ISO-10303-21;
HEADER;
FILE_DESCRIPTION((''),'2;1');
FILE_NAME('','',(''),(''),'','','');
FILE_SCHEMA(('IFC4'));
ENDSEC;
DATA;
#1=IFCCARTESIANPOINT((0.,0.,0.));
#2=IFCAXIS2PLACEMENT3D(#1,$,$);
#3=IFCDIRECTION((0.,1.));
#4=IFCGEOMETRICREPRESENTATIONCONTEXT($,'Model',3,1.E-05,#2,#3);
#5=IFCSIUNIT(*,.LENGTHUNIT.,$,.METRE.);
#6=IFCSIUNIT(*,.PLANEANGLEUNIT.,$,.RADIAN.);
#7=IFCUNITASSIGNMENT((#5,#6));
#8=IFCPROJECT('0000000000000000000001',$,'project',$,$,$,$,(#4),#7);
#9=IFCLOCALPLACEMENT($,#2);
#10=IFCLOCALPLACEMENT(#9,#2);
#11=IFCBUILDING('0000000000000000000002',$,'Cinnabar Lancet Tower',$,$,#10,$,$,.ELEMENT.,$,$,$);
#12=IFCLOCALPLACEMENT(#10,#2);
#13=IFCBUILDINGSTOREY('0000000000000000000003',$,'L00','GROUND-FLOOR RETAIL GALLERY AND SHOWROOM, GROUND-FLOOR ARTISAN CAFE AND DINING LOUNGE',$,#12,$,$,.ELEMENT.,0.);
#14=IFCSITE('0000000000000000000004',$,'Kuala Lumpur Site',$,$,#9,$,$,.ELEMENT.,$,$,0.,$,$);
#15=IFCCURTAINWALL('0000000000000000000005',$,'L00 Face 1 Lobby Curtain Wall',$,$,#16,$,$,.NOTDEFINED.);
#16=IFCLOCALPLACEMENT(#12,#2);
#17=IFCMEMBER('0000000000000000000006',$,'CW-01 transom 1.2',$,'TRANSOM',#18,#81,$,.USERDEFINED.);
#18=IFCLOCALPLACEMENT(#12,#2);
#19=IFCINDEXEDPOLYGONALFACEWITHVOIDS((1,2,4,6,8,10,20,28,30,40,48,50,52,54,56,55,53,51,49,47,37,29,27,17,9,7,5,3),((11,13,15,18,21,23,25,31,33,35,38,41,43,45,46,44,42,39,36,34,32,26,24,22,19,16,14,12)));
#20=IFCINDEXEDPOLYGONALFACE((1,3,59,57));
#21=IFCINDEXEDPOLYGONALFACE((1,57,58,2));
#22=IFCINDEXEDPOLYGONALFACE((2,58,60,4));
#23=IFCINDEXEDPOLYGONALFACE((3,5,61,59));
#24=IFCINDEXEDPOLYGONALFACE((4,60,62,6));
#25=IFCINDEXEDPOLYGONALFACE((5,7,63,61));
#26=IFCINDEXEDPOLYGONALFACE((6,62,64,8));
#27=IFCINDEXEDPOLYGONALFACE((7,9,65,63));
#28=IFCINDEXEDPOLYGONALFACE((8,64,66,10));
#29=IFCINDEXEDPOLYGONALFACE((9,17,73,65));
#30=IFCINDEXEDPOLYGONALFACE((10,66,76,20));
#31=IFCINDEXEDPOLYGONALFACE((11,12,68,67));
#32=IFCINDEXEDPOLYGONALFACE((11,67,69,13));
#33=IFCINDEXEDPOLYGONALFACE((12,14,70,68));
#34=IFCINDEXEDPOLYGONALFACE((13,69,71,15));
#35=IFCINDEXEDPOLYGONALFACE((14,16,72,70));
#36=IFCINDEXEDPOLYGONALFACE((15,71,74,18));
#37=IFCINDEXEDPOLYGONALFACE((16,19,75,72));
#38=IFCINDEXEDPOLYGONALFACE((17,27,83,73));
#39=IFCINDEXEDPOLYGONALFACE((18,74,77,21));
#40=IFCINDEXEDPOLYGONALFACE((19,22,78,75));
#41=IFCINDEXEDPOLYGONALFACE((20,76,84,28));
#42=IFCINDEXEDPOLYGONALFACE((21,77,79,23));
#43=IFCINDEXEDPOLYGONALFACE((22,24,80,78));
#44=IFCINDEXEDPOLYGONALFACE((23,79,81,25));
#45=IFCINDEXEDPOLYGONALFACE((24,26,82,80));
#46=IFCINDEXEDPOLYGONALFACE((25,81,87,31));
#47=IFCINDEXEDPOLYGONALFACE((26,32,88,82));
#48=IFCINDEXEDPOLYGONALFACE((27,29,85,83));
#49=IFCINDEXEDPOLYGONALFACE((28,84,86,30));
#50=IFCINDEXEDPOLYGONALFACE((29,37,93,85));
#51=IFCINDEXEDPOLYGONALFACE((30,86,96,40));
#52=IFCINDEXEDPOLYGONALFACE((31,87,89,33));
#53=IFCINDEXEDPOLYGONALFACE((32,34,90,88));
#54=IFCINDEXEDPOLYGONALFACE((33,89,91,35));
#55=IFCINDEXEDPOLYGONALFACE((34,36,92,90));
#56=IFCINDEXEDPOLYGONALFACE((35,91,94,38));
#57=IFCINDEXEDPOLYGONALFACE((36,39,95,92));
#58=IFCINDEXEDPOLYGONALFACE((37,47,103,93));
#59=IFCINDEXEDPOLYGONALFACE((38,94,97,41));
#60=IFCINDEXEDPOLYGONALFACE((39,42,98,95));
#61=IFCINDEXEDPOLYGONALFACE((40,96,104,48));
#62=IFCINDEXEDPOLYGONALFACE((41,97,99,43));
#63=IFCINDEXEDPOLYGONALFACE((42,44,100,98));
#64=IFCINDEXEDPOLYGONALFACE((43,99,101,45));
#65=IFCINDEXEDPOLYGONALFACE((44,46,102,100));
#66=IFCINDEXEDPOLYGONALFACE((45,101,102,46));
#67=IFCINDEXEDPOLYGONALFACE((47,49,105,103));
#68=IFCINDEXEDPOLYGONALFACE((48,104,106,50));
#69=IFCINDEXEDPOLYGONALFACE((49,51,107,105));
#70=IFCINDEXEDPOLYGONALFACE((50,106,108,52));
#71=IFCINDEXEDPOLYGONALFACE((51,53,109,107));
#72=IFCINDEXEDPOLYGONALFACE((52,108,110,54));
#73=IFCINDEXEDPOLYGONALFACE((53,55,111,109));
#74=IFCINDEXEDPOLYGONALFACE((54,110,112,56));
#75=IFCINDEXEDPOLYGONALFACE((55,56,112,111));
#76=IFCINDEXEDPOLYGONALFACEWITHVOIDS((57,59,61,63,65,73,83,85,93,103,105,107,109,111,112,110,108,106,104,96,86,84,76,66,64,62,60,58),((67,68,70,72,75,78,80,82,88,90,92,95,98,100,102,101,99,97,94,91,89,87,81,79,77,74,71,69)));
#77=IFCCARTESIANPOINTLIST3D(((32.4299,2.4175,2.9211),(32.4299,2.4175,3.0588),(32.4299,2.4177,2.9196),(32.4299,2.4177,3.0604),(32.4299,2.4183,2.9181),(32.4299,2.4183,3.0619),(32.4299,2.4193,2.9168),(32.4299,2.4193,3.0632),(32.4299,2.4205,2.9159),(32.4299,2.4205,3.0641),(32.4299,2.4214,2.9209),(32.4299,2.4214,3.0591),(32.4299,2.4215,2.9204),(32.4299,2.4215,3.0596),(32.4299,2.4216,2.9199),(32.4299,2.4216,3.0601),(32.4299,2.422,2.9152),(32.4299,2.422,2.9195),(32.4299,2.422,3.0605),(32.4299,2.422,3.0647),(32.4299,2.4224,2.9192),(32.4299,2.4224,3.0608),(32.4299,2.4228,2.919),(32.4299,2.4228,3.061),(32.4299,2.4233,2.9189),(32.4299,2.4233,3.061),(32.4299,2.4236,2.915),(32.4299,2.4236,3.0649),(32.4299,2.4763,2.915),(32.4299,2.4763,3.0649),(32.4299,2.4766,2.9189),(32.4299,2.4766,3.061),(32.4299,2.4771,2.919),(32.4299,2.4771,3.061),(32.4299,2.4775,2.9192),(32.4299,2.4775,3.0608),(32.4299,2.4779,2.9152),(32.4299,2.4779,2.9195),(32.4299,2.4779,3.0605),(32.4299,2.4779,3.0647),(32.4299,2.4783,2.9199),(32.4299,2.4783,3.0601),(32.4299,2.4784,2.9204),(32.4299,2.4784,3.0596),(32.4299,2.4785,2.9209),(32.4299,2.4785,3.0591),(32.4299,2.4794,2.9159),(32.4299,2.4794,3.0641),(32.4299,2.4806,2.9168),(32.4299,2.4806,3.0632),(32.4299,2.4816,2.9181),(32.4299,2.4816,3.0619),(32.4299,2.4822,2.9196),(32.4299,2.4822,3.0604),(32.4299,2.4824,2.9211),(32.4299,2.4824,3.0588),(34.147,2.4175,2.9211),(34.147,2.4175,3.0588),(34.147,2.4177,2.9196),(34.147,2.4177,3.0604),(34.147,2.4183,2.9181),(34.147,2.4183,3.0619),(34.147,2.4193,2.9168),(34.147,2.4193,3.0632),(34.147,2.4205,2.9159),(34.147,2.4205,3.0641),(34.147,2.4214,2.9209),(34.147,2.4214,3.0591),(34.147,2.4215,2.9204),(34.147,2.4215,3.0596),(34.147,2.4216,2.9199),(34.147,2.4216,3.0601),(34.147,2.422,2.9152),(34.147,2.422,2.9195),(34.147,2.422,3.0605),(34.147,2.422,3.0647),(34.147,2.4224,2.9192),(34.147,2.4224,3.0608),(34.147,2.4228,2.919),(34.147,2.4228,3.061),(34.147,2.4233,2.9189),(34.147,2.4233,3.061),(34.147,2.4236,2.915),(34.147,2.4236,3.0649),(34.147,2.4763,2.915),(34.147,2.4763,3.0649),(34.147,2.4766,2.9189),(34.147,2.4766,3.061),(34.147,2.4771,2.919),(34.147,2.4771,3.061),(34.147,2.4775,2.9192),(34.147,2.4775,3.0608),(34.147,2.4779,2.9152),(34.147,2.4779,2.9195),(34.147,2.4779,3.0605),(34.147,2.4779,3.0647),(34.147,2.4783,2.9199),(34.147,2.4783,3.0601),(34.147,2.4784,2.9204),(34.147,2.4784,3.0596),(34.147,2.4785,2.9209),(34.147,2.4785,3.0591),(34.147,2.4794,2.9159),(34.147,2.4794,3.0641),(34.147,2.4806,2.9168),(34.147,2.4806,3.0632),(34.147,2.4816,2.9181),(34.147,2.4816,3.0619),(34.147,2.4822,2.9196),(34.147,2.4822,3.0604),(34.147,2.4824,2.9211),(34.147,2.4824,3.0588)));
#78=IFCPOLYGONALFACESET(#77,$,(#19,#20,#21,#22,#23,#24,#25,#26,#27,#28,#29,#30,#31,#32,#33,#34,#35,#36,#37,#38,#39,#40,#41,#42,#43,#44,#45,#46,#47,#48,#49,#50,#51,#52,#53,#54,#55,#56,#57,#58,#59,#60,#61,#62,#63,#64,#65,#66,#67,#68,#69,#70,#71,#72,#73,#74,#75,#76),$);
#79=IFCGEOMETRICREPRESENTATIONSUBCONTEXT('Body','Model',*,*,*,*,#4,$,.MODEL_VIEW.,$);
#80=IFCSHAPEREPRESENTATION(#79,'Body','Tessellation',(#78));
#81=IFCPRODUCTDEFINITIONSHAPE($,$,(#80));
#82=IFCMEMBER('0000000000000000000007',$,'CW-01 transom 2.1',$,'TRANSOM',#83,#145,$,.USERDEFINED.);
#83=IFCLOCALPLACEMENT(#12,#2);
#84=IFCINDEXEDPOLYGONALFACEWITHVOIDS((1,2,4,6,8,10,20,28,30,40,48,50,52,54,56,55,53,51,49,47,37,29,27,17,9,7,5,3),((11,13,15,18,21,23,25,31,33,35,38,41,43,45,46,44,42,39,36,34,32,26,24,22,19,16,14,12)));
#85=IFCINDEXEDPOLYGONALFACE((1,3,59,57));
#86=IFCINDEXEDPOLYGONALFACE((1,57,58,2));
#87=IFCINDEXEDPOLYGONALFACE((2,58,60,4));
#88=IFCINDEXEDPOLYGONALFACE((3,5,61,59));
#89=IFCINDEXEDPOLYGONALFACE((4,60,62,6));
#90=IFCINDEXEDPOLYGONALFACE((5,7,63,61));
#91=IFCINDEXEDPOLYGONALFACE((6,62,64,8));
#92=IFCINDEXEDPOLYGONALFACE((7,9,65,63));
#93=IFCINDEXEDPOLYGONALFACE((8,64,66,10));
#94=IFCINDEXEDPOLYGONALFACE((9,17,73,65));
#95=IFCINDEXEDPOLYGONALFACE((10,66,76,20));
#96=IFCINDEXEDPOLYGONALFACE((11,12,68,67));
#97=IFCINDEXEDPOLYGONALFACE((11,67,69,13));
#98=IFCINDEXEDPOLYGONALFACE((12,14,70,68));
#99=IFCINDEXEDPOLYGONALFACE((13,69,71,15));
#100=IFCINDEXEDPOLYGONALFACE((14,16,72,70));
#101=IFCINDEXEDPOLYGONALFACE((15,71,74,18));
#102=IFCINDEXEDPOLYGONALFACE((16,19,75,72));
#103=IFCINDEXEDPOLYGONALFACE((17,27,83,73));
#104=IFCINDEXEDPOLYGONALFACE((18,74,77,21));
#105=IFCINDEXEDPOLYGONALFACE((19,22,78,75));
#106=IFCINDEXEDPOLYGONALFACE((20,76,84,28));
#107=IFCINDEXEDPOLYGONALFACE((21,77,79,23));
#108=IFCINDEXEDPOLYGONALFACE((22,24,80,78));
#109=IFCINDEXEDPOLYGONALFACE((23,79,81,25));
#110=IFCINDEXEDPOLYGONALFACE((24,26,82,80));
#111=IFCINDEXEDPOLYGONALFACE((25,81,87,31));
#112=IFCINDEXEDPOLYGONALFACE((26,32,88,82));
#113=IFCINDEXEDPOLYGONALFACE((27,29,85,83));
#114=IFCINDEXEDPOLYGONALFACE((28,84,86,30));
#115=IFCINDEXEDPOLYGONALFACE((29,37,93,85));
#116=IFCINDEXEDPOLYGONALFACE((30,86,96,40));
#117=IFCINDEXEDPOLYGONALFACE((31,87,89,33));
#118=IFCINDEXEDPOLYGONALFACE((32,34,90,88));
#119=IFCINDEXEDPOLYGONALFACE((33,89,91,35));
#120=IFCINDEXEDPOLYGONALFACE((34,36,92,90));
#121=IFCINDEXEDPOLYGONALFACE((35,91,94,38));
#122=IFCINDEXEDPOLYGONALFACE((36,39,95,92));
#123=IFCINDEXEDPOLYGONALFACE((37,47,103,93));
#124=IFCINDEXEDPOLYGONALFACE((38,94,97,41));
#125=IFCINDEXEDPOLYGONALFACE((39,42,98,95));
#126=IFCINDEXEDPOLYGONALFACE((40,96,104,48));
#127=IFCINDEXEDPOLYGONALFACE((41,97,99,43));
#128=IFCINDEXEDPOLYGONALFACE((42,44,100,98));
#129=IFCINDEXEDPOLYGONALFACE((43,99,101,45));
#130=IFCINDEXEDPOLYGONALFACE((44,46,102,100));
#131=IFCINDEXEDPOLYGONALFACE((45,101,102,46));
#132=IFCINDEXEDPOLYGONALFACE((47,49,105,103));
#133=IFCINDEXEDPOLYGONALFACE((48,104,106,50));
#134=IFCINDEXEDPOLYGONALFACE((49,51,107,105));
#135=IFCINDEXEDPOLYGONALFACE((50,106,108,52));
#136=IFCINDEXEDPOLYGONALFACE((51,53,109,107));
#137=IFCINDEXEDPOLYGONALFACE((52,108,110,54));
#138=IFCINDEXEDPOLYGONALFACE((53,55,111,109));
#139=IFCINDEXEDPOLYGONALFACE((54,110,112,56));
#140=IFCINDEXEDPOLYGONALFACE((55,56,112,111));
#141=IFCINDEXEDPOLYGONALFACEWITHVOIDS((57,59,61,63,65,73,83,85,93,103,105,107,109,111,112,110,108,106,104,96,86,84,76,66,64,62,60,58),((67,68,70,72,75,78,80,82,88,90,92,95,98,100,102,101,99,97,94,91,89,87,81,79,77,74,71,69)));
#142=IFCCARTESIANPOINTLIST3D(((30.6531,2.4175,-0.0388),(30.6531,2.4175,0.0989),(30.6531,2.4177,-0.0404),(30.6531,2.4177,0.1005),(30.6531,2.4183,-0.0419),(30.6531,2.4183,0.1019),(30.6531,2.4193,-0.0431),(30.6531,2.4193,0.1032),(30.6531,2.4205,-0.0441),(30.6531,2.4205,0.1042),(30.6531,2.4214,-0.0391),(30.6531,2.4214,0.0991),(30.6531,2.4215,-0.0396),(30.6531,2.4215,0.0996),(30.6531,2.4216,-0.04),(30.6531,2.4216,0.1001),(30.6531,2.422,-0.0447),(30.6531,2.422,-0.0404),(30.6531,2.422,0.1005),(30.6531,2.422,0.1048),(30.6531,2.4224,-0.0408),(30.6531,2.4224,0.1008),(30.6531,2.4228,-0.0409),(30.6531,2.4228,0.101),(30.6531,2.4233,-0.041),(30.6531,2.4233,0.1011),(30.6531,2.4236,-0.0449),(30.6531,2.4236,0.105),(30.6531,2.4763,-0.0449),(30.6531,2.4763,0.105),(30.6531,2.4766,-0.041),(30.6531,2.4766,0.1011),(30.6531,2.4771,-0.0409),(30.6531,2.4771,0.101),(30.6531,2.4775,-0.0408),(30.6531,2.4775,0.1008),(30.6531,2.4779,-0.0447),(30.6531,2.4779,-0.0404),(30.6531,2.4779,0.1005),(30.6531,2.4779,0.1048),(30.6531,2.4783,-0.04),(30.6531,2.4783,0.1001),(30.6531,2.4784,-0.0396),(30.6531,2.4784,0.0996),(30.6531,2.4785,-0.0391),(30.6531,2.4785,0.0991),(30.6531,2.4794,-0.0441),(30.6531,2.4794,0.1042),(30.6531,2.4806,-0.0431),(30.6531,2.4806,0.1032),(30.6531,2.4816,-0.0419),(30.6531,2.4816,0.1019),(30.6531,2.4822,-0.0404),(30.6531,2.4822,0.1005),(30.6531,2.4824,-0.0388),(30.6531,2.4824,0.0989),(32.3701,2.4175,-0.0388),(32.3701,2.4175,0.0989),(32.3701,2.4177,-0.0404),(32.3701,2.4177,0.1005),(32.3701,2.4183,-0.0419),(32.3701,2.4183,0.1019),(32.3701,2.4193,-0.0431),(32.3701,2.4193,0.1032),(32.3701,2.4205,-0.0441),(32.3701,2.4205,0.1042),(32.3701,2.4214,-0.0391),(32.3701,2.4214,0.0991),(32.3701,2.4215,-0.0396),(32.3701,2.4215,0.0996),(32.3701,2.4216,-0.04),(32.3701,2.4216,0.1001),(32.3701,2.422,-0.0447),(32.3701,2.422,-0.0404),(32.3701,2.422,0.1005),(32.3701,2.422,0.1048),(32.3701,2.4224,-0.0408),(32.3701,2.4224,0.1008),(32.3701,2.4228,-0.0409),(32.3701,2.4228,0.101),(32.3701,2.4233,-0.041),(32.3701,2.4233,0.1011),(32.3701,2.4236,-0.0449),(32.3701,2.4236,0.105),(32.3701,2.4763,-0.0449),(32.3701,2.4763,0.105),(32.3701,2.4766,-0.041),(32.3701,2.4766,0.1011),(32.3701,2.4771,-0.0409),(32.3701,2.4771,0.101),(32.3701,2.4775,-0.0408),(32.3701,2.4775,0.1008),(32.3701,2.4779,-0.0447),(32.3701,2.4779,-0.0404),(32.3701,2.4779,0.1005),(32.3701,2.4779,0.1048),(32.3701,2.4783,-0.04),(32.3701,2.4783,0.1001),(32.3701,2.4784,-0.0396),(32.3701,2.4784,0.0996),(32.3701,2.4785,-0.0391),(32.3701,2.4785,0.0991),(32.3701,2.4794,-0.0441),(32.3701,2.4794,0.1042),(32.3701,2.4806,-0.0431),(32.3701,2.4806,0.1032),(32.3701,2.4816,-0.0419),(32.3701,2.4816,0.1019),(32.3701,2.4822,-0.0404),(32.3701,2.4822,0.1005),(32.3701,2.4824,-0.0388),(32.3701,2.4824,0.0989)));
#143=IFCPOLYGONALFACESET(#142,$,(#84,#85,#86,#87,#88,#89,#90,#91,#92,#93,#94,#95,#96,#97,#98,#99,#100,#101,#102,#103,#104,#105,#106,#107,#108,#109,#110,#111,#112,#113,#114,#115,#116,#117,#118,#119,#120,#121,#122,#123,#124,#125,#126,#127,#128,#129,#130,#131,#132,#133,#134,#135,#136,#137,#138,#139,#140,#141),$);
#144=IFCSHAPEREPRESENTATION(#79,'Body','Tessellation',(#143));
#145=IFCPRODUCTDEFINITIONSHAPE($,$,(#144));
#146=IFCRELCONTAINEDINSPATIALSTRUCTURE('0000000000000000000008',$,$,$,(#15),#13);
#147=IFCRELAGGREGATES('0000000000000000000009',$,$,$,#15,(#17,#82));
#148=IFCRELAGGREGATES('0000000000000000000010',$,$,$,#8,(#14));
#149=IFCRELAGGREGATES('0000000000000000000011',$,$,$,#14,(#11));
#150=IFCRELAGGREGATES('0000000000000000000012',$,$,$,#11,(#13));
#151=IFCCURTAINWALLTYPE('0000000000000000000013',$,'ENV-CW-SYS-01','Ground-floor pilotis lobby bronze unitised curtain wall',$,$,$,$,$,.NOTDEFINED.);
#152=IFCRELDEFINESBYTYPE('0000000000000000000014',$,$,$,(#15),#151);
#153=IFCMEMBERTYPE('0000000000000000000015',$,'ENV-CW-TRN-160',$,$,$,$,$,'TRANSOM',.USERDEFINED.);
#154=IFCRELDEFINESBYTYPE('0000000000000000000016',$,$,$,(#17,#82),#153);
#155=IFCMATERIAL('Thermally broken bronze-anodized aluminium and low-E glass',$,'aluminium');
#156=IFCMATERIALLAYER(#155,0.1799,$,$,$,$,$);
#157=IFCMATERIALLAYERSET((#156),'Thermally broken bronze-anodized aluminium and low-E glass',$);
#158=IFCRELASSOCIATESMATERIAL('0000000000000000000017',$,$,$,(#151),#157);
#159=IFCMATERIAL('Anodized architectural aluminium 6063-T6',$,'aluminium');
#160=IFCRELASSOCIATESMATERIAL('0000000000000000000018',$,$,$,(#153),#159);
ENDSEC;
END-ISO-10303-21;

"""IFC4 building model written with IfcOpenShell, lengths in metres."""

from ifc_helpers import new_model, si_unit, direction, frame, origin, origin_2d, place, context, subcontext, project, spatial, hollow_rectangle, extrude, material, layer, layer_set, material_profile, profile_set, type_object, element, aggregate, save


model = new_model("IFC4")

# Units and contexts
model_context = context("Model", 3, precision=1e-05, world=origin(), true_north=direction((0.0, 1.0)))
body_context = subcontext(model_context, "Body", "Model", "MODEL_VIEW")
ifc_project = project(units=[si_unit("LENGTHUNIT", "METRE"), si_unit("PLANEANGLEUNIT", "RADIAN")], contexts=[model_context])

# Site, building, storey
site_placement = place(None, origin())
site = spatial("IfcSite", under=ifc_project, at=site_placement, Name="Kuala Lumpur Site", CompositionType="ELEMENT", RefElevation=0.0)
building_placement = place(site_placement, origin())
building = spatial("IfcBuilding", under=site, at=building_placement, Name="Cinnabar Lancet Tower", CompositionType="ELEMENT")
storey_placement = place(building_placement, origin())
storey = spatial("IfcBuildingStorey", under=building, at=storey_placement, Name="L00", Description="GROUND-FLOOR RETAIL GALLERY AND SHOWROOM, GROUND-FLOOR ARTISAN CAFE AND DINING LOUNGE", CompositionType="ELEMENT", Elevation=0.0)

# Curtain wall, members
ifc_material_1 = material(Name="Thermally broken bronze-anodized aluminium and low-E glass", Category="aluminium")
ifc_layer_1 = layer(ifc_material_1, 0.1799)
ifc_layer_set_1 = layer_set([ifc_layer_1], Name="Thermally broken bronze-anodized aluminium and low-E glass")
curtain_wall_type = type_object("IfcCurtainWallType", Name="ENV-CW-SYS-01", Description="Ground-floor pilotis lobby bronze unitised curtain wall", PredefinedType="NOTDEFINED", material=ifc_layer_set_1)
curtain_wall_placement = place(storey_placement, origin())
curtain_wall = element("IfcCurtainWall", 1, at=curtain_wall_placement, inside=storey, type_object=curtain_wall_type, Name="L00 Face 1 Lobby Curtain Wall", PredefinedType="NOTDEFINED")
ifc_material_2 = material(Name="Anodized architectural aluminium 6063-T6", Category="aluminium")
ifc_material_profile_1 = material_profile(ifc_material_2, hollow_rectangle(XDim=0.0649, YDim=0.1499, WallThickness=0.0039, InnerFilletRadius=0.002, OuterFilletRadius=0.0061, at=origin_2d()), Name="CW-TRN 150x65x4")
ifc_profile_set_1 = profile_set([ifc_material_profile_1], Name="Anodized architectural aluminium 6063-T6")
member_type_1 = type_object("IfcMemberType", Name="ENV-CW-TRN-160", ElementType="TRANSOM", PredefinedType="USERDEFINED", material=ifc_profile_set_1)
member_1_placement = place(storey_placement, frame((34.147, 2.45, 2.99), z_axis=(-1.0, 0.0, 0.0), x_axis=(0.0, -1.0, 0.0)))
member_1 = element("IfcMember", 2, at=member_1_placement, type_object=member_type_1, Name="CW-01 transom 1.2", ObjectType="TRANSOM", PredefinedType="USERDEFINED", context=body_context, shape_type="SweptSolid", body=[
    extrude(hollow_rectangle(XDim=0.0649, YDim=0.1499, WallThickness=0.0039, InnerFilletRadius=0.002, OuterFilletRadius=0.0061, at=origin_2d()), origin(), (0.0, 0.0, 1.0), 1.717),
])
member_2_placement = place(storey_placement, frame((32.3701, 2.45, 0.03), z_axis=(-1.0, 0.0, 0.0), x_axis=(0.0, -1.0, 0.0)))
member_2 = element("IfcMember", 3, at=member_2_placement, type_object=member_type_1, Name="CW-01 transom 2.1", ObjectType="TRANSOM", PredefinedType="USERDEFINED", context=body_context, shape_type="SweptSolid", body=[
    extrude(hollow_rectangle(XDim=0.0649, YDim=0.1499, WallThickness=0.0039, InnerFilletRadius=0.002, OuterFilletRadius=0.0061, at=origin_2d()), origin(), (0.0, 0.0, 1.0), 1.717),
])

aggregate(curtain_wall, [member_1, member_2])

save(model, "model.ifc")
